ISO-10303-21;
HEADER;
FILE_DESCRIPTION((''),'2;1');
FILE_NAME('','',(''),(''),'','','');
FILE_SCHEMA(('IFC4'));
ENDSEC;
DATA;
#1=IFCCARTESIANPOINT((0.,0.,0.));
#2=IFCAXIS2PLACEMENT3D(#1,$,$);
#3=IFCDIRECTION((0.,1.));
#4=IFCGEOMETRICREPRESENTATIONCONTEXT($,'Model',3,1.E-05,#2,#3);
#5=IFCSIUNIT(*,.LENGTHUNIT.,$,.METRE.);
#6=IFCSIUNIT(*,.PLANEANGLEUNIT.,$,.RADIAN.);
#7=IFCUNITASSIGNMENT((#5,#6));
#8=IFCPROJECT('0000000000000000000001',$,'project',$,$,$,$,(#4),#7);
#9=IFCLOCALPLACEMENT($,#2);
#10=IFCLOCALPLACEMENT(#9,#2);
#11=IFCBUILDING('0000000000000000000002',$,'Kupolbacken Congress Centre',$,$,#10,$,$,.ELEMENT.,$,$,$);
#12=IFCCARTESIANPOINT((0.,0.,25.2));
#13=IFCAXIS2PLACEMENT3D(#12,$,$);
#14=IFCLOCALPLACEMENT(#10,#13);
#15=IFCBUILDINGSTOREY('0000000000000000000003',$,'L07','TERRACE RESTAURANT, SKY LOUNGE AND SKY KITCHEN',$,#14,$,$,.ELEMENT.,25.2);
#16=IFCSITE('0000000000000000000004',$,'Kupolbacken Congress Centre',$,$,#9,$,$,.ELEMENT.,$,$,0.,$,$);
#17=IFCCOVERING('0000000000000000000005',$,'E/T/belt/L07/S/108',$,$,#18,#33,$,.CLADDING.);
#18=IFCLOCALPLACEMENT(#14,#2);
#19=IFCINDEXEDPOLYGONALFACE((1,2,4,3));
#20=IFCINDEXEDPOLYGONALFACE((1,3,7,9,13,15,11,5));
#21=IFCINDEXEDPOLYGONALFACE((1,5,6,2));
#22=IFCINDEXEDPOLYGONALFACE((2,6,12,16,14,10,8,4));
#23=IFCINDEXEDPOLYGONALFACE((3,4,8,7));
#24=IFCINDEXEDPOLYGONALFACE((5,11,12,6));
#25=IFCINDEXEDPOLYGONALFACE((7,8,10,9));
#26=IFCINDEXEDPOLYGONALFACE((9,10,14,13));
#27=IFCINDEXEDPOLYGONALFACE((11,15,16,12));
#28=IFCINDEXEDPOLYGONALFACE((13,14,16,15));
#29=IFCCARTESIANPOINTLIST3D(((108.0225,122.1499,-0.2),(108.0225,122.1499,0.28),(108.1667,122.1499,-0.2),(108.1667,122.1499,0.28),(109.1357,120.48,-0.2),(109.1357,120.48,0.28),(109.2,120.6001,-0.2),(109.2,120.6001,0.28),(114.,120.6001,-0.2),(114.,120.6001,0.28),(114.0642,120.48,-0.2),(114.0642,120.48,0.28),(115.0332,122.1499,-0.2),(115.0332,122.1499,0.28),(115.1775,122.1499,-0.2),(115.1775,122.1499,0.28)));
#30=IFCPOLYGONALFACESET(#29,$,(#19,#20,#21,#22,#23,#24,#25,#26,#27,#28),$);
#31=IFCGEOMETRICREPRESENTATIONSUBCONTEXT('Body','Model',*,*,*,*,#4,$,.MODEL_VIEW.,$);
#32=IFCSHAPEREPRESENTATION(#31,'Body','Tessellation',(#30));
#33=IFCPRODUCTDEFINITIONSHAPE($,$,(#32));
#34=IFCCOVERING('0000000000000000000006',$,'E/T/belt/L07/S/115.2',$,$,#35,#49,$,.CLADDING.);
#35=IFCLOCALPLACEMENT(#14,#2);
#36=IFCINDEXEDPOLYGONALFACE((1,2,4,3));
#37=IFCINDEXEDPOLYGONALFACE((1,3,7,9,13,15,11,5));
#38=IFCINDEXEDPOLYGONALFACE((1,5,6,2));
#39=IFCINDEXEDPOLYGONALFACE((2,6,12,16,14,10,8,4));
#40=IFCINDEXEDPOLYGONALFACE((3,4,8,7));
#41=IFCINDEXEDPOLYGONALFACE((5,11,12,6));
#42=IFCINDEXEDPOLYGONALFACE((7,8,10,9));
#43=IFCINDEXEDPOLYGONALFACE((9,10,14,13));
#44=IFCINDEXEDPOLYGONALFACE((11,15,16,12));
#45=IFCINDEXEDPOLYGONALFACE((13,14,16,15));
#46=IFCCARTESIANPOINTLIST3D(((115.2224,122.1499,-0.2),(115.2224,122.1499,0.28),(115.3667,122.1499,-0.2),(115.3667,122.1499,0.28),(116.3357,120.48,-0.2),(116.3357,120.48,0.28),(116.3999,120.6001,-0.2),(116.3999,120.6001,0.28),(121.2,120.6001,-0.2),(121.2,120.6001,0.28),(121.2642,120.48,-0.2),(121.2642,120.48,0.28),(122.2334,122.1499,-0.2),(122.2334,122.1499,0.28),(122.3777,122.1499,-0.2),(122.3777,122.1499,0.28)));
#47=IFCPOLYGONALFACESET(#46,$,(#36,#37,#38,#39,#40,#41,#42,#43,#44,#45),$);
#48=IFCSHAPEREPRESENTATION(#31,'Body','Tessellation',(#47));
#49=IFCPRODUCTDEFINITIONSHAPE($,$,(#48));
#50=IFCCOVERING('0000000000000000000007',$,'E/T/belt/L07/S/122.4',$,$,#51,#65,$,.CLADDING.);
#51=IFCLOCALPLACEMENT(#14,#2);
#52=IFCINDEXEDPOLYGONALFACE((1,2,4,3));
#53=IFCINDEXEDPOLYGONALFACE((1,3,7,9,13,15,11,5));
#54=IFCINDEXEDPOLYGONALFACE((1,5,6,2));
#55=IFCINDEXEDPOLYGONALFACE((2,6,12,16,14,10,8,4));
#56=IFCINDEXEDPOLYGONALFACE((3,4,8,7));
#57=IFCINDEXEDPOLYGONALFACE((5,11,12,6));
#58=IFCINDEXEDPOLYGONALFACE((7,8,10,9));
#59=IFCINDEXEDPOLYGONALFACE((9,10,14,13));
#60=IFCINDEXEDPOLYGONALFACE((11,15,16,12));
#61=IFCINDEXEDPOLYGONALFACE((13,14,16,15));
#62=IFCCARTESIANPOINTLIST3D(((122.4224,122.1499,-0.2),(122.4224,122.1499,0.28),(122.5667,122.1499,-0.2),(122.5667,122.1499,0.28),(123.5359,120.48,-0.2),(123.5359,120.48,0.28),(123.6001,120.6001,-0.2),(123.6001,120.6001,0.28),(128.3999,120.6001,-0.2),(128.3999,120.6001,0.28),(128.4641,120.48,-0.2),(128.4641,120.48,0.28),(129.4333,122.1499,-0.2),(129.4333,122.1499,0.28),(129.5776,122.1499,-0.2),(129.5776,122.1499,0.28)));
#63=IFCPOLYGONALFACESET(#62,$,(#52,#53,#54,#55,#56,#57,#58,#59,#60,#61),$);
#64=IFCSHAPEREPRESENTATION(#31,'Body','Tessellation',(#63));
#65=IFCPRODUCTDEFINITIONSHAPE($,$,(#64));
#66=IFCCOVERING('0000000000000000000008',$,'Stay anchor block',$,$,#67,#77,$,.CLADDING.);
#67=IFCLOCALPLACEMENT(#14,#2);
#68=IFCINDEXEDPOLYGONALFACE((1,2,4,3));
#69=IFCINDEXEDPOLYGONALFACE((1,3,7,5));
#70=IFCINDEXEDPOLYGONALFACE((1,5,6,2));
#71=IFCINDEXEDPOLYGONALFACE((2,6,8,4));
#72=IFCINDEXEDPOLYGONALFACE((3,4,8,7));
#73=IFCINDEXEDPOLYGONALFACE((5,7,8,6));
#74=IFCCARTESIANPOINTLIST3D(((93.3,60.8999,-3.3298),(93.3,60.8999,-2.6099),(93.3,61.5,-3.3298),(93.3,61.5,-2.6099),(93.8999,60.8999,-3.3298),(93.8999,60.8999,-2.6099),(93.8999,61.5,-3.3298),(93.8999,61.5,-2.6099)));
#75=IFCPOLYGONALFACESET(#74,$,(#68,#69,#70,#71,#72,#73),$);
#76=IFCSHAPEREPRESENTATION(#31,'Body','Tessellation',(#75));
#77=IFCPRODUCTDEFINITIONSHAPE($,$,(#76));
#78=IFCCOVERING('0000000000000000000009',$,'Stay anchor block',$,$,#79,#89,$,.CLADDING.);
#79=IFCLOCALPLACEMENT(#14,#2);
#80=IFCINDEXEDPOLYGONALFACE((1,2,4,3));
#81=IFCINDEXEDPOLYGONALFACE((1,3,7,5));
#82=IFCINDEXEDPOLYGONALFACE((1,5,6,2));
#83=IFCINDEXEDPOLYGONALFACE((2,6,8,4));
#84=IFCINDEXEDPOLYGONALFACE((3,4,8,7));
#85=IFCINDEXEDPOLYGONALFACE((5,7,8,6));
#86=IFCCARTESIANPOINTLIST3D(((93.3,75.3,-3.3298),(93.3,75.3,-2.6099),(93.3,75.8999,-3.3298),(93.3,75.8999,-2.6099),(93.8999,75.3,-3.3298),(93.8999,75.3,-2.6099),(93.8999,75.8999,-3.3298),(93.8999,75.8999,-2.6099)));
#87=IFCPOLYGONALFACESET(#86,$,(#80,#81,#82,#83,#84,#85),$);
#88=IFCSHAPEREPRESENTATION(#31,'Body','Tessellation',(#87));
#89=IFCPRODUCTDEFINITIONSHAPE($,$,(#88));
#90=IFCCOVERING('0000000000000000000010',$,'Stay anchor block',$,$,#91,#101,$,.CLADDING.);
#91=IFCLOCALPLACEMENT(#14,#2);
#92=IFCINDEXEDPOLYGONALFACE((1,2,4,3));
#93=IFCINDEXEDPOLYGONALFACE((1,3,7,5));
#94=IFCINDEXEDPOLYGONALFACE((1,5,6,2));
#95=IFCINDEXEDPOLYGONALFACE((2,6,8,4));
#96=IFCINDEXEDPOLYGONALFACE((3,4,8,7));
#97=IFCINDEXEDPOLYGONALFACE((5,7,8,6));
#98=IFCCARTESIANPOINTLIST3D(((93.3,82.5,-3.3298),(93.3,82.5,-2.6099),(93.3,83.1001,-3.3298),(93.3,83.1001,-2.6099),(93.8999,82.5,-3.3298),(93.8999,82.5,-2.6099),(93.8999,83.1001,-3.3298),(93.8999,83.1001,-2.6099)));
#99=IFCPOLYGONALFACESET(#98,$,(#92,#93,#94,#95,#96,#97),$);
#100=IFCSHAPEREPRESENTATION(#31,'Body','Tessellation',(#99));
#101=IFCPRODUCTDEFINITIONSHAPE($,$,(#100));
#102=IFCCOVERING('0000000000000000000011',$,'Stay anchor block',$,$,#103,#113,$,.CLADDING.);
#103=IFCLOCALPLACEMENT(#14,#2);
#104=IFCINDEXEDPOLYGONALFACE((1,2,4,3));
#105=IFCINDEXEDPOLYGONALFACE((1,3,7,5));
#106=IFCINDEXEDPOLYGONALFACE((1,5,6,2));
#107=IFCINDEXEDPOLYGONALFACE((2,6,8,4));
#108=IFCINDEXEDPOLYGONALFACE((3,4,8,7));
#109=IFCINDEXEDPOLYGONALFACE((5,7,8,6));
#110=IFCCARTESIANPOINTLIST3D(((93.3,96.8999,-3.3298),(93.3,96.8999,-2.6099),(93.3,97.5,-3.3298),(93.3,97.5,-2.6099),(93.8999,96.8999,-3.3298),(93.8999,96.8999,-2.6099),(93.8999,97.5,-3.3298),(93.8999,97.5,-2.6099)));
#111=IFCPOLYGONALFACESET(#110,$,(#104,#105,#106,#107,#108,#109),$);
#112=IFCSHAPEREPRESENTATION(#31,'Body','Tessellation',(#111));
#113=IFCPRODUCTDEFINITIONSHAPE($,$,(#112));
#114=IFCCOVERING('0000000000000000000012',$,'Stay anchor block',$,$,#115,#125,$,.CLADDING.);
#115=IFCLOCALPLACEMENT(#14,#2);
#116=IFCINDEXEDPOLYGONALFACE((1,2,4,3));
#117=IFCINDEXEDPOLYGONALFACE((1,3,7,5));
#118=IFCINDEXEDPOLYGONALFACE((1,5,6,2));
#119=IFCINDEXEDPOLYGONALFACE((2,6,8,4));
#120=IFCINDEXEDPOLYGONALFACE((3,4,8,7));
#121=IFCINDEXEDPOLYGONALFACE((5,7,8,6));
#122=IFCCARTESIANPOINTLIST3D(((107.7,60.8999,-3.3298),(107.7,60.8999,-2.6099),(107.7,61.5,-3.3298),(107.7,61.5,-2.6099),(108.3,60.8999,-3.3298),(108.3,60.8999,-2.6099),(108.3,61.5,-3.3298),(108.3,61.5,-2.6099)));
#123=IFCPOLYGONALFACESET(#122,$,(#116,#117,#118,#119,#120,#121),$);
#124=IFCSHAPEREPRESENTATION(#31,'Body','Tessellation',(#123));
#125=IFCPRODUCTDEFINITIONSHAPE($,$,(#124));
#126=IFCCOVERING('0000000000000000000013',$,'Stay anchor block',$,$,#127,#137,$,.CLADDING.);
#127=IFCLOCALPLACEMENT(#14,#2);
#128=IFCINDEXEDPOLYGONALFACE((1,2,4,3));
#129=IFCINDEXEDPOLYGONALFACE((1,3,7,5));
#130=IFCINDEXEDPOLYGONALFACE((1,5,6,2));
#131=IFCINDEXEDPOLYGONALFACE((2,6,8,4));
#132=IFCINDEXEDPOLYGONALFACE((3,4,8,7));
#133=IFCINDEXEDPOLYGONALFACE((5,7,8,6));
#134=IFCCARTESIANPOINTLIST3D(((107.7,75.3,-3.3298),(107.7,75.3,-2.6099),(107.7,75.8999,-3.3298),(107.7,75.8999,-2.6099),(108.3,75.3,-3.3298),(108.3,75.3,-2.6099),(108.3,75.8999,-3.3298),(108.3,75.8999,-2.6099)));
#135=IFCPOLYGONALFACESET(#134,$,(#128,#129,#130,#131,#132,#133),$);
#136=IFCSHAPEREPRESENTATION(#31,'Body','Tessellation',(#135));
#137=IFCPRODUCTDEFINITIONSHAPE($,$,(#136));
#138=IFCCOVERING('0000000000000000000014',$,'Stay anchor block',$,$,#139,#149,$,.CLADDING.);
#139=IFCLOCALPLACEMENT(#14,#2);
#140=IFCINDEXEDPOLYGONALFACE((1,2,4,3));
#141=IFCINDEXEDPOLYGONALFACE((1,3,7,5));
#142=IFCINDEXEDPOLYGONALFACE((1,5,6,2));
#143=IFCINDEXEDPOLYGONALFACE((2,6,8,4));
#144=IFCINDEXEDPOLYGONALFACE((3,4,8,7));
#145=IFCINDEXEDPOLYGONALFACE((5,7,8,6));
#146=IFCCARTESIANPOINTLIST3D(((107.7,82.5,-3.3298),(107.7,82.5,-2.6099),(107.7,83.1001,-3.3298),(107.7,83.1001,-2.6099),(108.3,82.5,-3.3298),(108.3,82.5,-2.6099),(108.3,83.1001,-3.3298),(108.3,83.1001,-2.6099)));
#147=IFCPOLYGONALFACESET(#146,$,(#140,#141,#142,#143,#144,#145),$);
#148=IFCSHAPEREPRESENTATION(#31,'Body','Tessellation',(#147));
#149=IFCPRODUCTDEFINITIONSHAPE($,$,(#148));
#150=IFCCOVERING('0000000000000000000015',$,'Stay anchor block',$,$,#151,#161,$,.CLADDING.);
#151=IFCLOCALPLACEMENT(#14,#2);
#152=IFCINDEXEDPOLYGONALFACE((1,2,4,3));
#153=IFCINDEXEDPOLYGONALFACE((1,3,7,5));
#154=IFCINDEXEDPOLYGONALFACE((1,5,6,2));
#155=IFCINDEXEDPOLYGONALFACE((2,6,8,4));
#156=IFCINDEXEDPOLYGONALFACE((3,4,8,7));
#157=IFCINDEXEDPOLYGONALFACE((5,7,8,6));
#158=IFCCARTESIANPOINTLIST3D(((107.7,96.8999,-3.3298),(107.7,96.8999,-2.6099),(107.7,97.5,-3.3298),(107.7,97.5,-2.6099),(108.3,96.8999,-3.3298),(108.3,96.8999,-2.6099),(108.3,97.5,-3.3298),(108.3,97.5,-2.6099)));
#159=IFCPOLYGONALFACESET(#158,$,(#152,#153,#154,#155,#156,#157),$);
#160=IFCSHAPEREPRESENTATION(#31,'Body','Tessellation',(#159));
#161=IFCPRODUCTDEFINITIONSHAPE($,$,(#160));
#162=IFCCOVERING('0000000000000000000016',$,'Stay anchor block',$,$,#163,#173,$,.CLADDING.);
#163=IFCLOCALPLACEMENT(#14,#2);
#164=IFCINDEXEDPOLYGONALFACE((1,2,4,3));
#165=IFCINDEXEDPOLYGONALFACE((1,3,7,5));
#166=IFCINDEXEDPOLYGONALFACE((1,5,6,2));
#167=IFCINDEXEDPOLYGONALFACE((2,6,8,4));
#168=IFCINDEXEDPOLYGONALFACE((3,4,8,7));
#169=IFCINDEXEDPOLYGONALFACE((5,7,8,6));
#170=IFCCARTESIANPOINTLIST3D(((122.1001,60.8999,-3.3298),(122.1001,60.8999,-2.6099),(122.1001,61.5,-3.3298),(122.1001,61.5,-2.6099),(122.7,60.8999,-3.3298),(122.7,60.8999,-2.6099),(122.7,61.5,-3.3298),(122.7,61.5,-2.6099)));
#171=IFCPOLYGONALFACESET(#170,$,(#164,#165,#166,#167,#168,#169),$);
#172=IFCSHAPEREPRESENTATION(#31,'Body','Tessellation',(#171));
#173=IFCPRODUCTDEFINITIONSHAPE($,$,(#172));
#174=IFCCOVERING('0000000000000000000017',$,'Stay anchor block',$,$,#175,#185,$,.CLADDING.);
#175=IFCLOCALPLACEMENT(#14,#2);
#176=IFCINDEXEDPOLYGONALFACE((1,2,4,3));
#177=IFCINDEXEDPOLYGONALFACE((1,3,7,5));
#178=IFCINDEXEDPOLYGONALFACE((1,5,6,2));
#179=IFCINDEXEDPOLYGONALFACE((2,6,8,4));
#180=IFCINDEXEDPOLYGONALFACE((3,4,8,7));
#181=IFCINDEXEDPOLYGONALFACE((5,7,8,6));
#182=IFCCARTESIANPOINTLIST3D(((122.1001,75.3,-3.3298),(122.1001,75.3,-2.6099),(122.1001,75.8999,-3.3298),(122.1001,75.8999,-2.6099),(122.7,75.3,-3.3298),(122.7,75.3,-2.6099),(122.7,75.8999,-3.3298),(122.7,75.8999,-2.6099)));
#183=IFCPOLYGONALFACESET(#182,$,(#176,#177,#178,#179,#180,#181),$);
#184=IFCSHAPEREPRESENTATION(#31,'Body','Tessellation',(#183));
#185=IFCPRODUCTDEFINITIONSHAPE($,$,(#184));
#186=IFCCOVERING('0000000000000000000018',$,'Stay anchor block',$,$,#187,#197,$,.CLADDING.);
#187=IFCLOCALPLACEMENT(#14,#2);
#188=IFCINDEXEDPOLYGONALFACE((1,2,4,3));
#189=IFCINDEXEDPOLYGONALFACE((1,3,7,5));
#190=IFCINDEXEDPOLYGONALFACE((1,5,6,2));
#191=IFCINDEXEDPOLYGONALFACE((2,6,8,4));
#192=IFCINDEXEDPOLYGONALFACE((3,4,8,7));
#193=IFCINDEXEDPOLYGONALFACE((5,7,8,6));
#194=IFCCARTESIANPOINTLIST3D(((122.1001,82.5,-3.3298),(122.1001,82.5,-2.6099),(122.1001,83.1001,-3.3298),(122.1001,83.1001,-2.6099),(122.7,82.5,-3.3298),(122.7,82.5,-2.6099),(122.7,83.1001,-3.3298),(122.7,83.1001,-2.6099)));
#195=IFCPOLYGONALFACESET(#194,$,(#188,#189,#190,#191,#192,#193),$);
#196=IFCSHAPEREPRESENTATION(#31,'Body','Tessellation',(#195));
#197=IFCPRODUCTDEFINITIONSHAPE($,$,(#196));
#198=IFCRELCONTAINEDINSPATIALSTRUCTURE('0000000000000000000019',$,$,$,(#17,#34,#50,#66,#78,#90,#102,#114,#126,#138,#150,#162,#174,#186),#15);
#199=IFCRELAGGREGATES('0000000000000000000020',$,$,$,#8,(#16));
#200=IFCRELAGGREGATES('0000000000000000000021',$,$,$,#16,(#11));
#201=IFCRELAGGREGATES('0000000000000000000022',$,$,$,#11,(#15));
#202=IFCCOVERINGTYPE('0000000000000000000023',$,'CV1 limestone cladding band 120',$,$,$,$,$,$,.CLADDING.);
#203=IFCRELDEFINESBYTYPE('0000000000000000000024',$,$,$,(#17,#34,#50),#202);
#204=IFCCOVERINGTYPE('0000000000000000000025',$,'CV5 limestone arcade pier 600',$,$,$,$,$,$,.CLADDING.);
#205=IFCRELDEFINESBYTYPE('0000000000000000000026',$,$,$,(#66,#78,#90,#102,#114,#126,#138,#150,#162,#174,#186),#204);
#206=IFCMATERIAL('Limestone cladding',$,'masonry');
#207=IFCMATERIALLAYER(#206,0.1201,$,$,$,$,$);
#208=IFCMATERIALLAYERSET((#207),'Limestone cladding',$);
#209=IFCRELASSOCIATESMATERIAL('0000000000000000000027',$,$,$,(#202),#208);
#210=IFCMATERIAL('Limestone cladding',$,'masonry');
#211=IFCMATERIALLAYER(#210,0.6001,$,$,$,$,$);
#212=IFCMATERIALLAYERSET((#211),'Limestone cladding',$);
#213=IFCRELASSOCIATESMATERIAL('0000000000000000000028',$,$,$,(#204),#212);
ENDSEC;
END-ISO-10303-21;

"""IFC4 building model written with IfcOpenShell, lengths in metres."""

from ifc_helpers import new_model, si_unit, direction, frame, origin, place, context, subcontext, project, spatial, polyline, outline, extrude, material, layer, layer_set, type_object, element, save


model = new_model("IFC4")

# Units and contexts
model_context = context("Model", 3, precision=1e-05, world=origin(), true_north=direction((0.0, 1.0)))
body_context = subcontext(model_context, "Body", "Model", "MODEL_VIEW")
ifc_project = project(units=[si_unit("LENGTHUNIT", "METRE"), si_unit("PLANEANGLEUNIT", "RADIAN")], contexts=[model_context])

# Site, building, storey
site_placement = place(None, origin())
site = spatial("IfcSite", under=ifc_project, at=site_placement, Name="Kupolbacken Congress Centre", CompositionType="ELEMENT", RefElevation=0.0)
building_placement = place(site_placement, origin())
building = spatial("IfcBuilding", under=site, at=building_placement, Name="Kupolbacken Congress Centre", CompositionType="ELEMENT")
storey_placement = place(building_placement, frame((0.0, 0.0, 25.2)))
storey = spatial("IfcBuildingStorey", under=building, at=storey_placement, Name="L07", Description="TERRACE RESTAURANT, SKY LOUNGE AND SKY KITCHEN", CompositionType="ELEMENT", Elevation=25.2)

# Coverings
ifc_material_1 = material(Name="Limestone cladding", Category="masonry")
ifc_layer_1 = layer(ifc_material_1, 0.1201)
ifc_layer_set_1 = layer_set([ifc_layer_1], Name="Limestone cladding")
covering_type_1 = type_object("IfcCoveringType", Name="CV1 limestone cladding band 120", PredefinedType="CLADDING", material=ifc_layer_set_1)
covering_1_placement = place(storey_placement, frame((0.0, 0.0, -0.2)))
element("IfcCovering", 1, at=covering_1_placement, inside=storey, type_object=covering_type_1, Name="E/T/belt/L07/S/108", PredefinedType="CLADDING", context=body_context, shape_type="SweptSolid", body=[
    extrude(outline(polyline([(115.1775, 122.1499), (115.0332, 122.1499), (114.0, 120.6001), (109.2, 120.6001), (108.1667, 122.1499), (108.0225, 122.1499), (109.1357, 120.48), (114.0642, 120.48), (115.1775, 122.1499)])), origin(), (0.0, 0.0, 1.0), 0.48),
])
covering_2_placement = place(storey_placement, frame((0.0, 0.0, -0.2)))
element("IfcCovering", 2, at=covering_2_placement, inside=storey, type_object=covering_type_1, Name="E/T/belt/L07/S/115.2", PredefinedType="CLADDING", context=body_context, shape_type="SweptSolid", body=[
    extrude(outline(polyline([(122.3777, 122.1499), (122.2334, 122.1499), (121.2, 120.6001), (116.3999, 120.6001), (115.3667, 122.1499), (115.2224, 122.1499), (116.3357, 120.48), (121.2642, 120.48), (122.3777, 122.1499)])), origin(), (0.0, 0.0, 1.0), 0.48),
])
covering_3_placement = place(storey_placement, frame((0.0, 0.0, -0.2)))
element("IfcCovering", 3, at=covering_3_placement, inside=storey, type_object=covering_type_1, Name="E/T/belt/L07/S/122.4", PredefinedType="CLADDING", context=body_context, shape_type="SweptSolid", body=[
    extrude(outline(polyline([(129.5776, 122.1499), (129.4333, 122.1499), (128.3999, 120.6001), (123.6001, 120.6001), (122.5667, 122.1499), (122.4224, 122.1499), (123.5359, 120.48), (128.4641, 120.48), (129.5776, 122.1499)])), origin(), (0.0, 0.0, 1.0), 0.48),
])
ifc_material_2 = material(Name="Limestone cladding", Category="masonry")
ifc_layer_2 = layer(ifc_material_2, 0.6001)
ifc_layer_set_2 = layer_set([ifc_layer_2], Name="Limestone cladding")
covering_type_2 = type_object("IfcCoveringType", Name="CV5 limestone arcade pier 600", PredefinedType="CLADDING", material=ifc_layer_set_2)
covering_4_placement = place(storey_placement, frame((0.0, 0.0, -3.3298)))
element("IfcCovering", 4, at=covering_4_placement, inside=storey, type_object=covering_type_2, Name="Stay anchor block", PredefinedType="CLADDING", context=body_context, shape_type="SweptSolid", body=[
    extrude(outline(polyline([(93.8999, 60.8999), (93.8999, 61.5), (93.3, 61.5), (93.3, 60.8999), (93.8999, 60.8999)])), origin(), (0.0, 0.0, 1.0), 0.72),
])
covering_5_placement = place(storey_placement, frame((0.0, 0.0, -3.3298)))
element("IfcCovering", 5, at=covering_5_placement, inside=storey, type_object=covering_type_2, Name="Stay anchor block", PredefinedType="CLADDING", context=body_context, shape_type="SweptSolid", body=[
    extrude(outline(polyline([(93.8999, 75.3), (93.8999, 75.8999), (93.3, 75.8999), (93.3, 75.3), (93.8999, 75.3)])), origin(), (0.0, 0.0, 1.0), 0.72),
])
covering_6_placement = place(storey_placement, frame((0.0, 0.0, -3.3298)))
element("IfcCovering", 6, at=covering_6_placement, inside=storey, type_object=covering_type_2, Name="Stay anchor block", PredefinedType="CLADDING", context=body_context, shape_type="SweptSolid", body=[
    extrude(outline(polyline([(93.8999, 82.5), (93.8999, 83.1001), (93.3, 83.1001), (93.3, 82.5), (93.8999, 82.5)])), origin(), (0.0, 0.0, 1.0), 0.72),
])
covering_7_placement = place(storey_placement, frame((0.0, 0.0, -3.3298)))
element("IfcCovering", 7, at=covering_7_placement, inside=storey, type_object=covering_type_2, Name="Stay anchor block", PredefinedType="CLADDING", context=body_context, shape_type="SweptSolid", body=[
    extrude(outline(polyline([(93.8999, 96.8999), (93.8999, 97.5), (93.3, 97.5), (93.3, 96.8999), (93.8999, 96.8999)])), origin(), (0.0, 0.0, 1.0), 0.72),
])
covering_8_placement = place(storey_placement, frame((0.0, 0.0, -3.3298)))
element("IfcCovering", 8, at=covering_8_placement, inside=storey, type_object=covering_type_2, Name="Stay anchor block", PredefinedType="CLADDING", context=body_context, shape_type="SweptSolid", body=[
    extrude(outline(polyline([(108.3, 60.8999), (108.3, 61.5), (107.7, 61.5), (107.7, 60.8999), (108.3, 60.8999)])), origin(), (0.0, 0.0, 1.0), 0.72),
])
covering_9_placement = place(storey_placement, frame((0.0, 0.0, -3.3298)))
element("IfcCovering", 9, at=covering_9_placement, inside=storey, type_object=covering_type_2, Name="Stay anchor block", PredefinedType="CLADDING", context=body_context, shape_type="SweptSolid", body=[
    extrude(outline(polyline([(108.3, 75.3), (108.3, 75.8999), (107.7, 75.8999), (107.7, 75.3), (108.3, 75.3)])), origin(), (0.0, 0.0, 1.0), 0.72),
])
covering_10_placement = place(storey_placement, frame((0.0, 0.0, -3.3298)))
element("IfcCovering", 10, at=covering_10_placement, inside=storey, type_object=covering_type_2, Name="Stay anchor block", PredefinedType="CLADDING", context=body_context, shape_type="SweptSolid", body=[
    extrude(outline(polyline([(108.3, 82.5), (108.3, 83.1001), (107.7, 83.1001), (107.7, 82.5), (108.3, 82.5)])), origin(), (0.0, 0.0, 1.0), 0.72),
])
covering_11_placement = place(storey_placement, frame((0.0, 0.0, -3.3298)))
element("IfcCovering", 11, at=covering_11_placement, inside=storey, type_object=covering_type_2, Name="Stay anchor block", PredefinedType="CLADDING", context=body_context, shape_type="SweptSolid", body=[
    extrude(outline(polyline([(108.3, 96.8999), (108.3, 97.5), (107.7, 97.5), (107.7, 96.8999), (108.3, 96.8999)])), origin(), (0.0, 0.0, 1.0), 0.72),
])
covering_12_placement = place(storey_placement, frame((0.0, 0.0, -3.3298)))
element("IfcCovering", 12, at=covering_12_placement, inside=storey, type_object=covering_type_2, Name="Stay anchor block", PredefinedType="CLADDING", context=body_context, shape_type="SweptSolid", body=[
    extrude(outline(polyline([(122.7, 60.8999), (122.7, 61.5), (122.1001, 61.5), (122.1001, 60.8999), (122.7, 60.8999)])), origin(), (0.0, 0.0, 1.0), 0.72),
])
covering_13_placement = place(storey_placement, frame((0.0, 0.0, -3.3298)))
element("IfcCovering", 13, at=covering_13_placement, inside=storey, type_object=covering_type_2, Name="Stay anchor block", PredefinedType="CLADDING", context=body_context, shape_type="SweptSolid", body=[
    extrude(outline(polyline([(122.7, 75.3), (122.7, 75.8999), (122.1001, 75.8999), (122.1001, 75.3), (122.7, 75.3)])), origin(), (0.0, 0.0, 1.0), 0.72),
])
covering_14_placement = place(storey_placement, frame((0.0, 0.0, -3.3298)))
element("IfcCovering", 14, at=covering_14_placement, inside=storey, type_object=covering_type_2, Name="Stay anchor block", PredefinedType="CLADDING", context=body_context, shape_type="SweptSolid", body=[
    extrude(outline(polyline([(122.7, 82.5), (122.7, 83.1001), (122.1001, 83.1001), (122.1001, 82.5), (122.7, 82.5)])), origin(), (0.0, 0.0, 1.0), 0.72),
])

save(model, "model.ifc")
